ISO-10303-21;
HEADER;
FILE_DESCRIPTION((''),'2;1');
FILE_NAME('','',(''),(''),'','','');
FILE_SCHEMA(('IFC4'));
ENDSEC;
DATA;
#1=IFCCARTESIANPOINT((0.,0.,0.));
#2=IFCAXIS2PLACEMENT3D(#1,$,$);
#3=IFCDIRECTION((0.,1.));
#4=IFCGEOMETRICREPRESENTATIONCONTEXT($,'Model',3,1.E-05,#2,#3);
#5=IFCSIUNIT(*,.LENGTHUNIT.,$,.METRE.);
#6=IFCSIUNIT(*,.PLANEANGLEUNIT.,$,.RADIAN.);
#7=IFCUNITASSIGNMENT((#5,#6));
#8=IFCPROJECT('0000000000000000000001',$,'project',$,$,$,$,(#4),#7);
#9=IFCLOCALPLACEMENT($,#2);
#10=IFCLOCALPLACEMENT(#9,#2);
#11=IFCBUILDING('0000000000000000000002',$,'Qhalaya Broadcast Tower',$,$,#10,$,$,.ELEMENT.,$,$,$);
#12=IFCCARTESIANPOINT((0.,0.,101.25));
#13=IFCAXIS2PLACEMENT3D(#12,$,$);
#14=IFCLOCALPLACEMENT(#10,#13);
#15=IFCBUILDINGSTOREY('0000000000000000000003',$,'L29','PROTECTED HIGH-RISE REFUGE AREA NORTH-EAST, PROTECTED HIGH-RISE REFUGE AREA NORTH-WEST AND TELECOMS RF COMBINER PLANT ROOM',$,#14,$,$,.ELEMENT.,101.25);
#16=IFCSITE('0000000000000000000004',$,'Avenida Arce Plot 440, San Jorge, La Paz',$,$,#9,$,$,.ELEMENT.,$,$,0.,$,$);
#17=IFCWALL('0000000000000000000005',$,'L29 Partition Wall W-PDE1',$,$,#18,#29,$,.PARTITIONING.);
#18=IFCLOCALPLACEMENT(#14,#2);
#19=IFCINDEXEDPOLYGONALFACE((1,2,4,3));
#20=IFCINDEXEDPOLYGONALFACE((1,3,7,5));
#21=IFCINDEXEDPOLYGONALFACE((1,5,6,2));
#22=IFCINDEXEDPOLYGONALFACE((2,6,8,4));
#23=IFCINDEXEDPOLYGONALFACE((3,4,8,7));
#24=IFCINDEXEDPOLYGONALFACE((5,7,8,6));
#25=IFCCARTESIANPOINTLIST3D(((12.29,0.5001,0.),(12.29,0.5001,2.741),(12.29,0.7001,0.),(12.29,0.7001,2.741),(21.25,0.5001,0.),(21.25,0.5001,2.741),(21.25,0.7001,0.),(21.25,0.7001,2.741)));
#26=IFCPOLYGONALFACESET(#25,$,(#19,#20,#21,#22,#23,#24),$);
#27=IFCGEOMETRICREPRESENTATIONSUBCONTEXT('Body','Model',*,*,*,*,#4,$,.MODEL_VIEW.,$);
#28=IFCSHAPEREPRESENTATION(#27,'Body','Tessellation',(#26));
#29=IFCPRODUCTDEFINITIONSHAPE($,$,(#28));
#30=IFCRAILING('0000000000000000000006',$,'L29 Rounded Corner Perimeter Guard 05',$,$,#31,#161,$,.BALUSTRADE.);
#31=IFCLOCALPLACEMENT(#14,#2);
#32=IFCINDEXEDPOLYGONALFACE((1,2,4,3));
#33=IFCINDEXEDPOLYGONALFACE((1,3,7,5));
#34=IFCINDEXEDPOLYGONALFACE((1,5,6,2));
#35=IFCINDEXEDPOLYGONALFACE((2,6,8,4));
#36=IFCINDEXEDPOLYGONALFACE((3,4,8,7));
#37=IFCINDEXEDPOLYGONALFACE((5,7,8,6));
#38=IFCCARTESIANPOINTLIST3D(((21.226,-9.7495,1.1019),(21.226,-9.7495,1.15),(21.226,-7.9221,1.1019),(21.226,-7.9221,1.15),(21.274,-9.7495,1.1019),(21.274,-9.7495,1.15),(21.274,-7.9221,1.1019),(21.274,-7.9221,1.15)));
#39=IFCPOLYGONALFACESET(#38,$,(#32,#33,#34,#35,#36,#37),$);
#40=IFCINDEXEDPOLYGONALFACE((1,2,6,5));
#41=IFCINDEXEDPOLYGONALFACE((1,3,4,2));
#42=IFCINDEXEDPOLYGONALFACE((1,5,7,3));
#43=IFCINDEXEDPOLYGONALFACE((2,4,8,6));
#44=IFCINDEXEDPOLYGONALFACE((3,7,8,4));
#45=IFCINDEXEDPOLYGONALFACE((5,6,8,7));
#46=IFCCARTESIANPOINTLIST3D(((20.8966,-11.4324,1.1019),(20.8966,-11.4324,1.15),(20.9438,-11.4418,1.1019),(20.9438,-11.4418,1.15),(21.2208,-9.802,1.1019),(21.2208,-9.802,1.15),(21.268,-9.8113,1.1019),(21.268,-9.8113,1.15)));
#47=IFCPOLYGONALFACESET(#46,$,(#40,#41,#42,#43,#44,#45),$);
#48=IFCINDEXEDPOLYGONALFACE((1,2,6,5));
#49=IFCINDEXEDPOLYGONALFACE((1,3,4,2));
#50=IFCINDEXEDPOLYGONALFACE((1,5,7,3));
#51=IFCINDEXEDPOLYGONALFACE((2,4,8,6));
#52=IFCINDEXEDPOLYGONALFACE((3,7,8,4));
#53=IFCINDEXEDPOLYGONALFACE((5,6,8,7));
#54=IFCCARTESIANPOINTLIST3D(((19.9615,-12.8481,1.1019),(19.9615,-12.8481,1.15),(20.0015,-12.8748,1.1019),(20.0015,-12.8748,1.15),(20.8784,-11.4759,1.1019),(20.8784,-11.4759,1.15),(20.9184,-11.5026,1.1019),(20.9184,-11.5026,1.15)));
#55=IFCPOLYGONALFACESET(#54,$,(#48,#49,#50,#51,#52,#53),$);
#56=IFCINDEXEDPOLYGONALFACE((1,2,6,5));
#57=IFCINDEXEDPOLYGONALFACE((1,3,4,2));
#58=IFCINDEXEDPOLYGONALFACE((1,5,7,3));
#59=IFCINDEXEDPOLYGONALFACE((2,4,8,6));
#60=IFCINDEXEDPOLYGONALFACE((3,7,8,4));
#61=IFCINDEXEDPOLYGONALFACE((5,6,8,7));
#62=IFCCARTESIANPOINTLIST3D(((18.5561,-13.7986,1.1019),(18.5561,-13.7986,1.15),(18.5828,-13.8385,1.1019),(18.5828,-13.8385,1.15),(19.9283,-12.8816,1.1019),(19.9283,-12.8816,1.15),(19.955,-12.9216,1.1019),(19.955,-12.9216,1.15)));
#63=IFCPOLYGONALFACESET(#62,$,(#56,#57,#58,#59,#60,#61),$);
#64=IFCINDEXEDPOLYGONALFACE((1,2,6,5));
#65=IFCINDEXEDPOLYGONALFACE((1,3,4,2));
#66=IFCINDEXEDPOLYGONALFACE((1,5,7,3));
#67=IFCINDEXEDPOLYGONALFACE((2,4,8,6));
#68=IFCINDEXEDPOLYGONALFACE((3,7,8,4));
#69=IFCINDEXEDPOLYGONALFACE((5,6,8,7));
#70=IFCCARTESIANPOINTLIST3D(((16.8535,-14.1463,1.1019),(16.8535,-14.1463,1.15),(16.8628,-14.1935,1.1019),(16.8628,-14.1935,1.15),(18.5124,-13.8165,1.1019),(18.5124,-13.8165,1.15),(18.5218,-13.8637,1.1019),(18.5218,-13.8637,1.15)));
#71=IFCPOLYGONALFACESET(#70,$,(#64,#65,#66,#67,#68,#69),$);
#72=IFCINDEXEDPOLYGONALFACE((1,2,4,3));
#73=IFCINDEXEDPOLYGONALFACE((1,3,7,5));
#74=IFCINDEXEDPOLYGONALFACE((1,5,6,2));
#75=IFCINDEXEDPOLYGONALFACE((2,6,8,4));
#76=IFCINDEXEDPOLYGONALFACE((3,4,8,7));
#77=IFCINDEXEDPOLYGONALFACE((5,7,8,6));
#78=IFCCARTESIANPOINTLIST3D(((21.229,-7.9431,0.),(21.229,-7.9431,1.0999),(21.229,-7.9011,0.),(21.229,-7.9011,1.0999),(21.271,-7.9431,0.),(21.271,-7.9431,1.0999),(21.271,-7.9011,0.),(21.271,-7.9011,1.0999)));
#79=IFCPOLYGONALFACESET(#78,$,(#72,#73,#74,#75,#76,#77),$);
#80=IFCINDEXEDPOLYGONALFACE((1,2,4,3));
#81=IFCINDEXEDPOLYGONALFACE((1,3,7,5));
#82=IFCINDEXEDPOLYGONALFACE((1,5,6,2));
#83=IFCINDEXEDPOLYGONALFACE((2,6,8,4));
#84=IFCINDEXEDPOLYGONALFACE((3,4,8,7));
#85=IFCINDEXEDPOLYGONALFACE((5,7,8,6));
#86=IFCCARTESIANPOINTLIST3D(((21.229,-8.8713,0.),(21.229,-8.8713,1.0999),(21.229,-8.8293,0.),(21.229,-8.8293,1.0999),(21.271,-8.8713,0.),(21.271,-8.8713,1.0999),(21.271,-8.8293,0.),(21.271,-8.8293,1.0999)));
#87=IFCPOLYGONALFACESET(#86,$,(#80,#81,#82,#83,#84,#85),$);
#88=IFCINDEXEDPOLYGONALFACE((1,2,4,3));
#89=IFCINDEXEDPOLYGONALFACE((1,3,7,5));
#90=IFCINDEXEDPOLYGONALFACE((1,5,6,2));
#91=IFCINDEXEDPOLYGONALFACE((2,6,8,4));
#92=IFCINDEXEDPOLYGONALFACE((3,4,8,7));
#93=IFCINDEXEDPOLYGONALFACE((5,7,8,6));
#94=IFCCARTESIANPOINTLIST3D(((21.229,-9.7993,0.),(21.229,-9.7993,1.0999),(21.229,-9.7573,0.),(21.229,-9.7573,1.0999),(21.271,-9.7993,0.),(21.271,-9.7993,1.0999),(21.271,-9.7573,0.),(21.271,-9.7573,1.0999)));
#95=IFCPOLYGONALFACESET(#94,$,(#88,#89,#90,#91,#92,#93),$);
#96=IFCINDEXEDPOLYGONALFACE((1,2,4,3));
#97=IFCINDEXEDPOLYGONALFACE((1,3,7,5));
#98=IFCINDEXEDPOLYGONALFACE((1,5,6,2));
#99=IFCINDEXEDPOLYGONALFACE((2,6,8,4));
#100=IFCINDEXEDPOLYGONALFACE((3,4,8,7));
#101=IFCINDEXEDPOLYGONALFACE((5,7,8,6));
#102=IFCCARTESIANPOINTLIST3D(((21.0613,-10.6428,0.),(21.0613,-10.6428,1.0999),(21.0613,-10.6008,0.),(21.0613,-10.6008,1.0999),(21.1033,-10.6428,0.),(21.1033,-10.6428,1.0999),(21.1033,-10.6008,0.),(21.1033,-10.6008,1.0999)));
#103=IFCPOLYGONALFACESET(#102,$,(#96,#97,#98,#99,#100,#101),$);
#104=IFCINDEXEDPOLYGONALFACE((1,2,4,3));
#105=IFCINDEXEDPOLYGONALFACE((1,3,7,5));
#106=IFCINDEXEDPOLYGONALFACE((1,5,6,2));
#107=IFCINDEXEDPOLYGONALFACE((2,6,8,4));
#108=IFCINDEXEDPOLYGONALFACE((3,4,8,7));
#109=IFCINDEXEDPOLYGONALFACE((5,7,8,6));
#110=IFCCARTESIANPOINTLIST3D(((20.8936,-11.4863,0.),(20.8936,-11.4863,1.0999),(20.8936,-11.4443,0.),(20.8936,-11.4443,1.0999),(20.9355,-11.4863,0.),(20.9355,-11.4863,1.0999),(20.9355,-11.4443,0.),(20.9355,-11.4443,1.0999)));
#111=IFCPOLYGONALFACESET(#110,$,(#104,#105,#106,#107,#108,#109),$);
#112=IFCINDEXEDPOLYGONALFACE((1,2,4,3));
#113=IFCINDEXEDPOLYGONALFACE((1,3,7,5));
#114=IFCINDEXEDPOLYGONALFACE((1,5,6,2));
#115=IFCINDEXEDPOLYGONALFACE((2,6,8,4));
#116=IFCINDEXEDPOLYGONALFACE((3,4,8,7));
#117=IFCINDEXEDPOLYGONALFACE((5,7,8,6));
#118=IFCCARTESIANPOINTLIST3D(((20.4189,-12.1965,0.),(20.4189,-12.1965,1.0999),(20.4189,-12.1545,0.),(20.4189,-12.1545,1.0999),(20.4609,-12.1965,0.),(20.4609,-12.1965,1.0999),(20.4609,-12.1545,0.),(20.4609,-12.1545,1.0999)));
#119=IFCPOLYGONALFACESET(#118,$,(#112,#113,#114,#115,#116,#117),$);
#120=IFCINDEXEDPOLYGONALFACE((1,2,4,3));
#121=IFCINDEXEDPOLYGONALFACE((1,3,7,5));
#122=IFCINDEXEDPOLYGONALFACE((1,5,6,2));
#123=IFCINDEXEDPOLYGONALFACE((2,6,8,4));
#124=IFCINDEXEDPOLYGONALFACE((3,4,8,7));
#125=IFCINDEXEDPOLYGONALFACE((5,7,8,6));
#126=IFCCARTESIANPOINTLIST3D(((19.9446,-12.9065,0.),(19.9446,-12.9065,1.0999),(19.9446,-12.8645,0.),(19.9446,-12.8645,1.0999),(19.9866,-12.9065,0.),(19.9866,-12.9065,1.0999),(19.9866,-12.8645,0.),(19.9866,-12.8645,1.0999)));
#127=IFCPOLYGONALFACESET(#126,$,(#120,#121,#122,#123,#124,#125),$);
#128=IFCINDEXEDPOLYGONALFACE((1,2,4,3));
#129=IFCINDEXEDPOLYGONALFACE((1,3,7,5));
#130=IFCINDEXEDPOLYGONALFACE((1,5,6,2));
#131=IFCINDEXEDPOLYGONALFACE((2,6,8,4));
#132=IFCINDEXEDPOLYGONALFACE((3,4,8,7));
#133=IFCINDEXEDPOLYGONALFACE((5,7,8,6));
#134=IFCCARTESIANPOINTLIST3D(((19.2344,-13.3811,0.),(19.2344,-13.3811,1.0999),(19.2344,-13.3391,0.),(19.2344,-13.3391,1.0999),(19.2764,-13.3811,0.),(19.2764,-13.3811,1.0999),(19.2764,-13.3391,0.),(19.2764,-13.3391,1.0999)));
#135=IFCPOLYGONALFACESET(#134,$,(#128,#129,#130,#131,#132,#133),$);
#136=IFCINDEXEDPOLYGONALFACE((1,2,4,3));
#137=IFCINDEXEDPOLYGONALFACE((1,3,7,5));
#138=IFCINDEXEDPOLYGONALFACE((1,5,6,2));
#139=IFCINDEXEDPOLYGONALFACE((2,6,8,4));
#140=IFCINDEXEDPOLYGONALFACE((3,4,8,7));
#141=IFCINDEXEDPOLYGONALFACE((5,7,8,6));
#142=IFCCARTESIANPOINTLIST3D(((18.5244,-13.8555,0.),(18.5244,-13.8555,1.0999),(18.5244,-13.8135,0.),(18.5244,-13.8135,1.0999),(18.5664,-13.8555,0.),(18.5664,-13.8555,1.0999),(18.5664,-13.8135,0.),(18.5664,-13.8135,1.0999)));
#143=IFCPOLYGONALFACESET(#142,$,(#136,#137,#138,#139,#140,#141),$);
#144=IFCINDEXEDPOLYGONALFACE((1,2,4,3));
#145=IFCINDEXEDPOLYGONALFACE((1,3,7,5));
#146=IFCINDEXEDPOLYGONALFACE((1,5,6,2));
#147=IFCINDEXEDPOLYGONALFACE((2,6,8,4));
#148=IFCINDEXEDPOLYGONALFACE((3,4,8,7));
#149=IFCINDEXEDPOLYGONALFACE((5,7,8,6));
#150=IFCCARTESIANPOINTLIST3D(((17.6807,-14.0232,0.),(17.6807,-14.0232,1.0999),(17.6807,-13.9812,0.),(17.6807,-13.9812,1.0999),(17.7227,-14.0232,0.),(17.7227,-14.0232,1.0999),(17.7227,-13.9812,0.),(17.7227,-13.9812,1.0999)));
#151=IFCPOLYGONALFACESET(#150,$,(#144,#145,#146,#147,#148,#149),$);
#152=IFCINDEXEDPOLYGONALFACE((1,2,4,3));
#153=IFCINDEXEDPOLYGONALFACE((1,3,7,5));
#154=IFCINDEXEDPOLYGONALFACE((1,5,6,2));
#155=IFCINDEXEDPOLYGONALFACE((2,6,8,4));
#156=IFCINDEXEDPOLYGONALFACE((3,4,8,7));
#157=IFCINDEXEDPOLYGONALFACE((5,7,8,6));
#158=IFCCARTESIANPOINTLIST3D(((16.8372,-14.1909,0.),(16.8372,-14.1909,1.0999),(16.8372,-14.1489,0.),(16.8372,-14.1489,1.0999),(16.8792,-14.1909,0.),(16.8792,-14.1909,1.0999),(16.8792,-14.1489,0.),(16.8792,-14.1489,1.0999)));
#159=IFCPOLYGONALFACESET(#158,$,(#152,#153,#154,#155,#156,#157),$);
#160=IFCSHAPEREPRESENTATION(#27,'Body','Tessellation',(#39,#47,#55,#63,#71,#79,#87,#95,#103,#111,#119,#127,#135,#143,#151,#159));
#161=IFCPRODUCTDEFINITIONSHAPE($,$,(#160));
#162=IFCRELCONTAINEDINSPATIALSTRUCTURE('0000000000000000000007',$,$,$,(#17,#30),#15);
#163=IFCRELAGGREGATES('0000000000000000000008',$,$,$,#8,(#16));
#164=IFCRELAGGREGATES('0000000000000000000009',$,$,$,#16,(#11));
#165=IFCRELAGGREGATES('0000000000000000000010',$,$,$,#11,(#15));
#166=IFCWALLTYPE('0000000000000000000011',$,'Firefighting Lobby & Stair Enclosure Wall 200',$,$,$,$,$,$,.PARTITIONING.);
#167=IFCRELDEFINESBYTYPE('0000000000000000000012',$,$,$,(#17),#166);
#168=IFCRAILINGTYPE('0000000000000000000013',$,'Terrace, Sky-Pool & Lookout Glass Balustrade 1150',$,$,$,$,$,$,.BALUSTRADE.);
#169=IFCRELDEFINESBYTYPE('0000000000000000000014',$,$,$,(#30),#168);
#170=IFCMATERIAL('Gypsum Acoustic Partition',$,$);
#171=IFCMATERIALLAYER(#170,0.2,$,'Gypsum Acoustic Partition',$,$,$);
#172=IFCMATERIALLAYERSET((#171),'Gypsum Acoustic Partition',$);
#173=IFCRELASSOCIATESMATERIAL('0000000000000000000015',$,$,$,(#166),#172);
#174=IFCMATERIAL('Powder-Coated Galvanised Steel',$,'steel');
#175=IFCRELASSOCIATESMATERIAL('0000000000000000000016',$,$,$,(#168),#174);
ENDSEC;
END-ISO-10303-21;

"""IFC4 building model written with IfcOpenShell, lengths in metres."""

from ifc_helpers import new_model, si_unit, direction, frame, frame_2d, origin, origin_2d, place, context, subcontext, project, spatial, rectangle, extrude, material, layer, layer_set, type_object, element, save


model = new_model("IFC4")

# Units and contexts
model_context = context("Model", 3, precision=1e-05, world=origin(), true_north=direction((0.0, 1.0)))
body_context = subcontext(model_context, "Body", "Model", "MODEL_VIEW")
ifc_project = project(units=[si_unit("LENGTHUNIT", "METRE"), si_unit("PLANEANGLEUNIT", "RADIAN")], contexts=[model_context])

# Site, building, storey
site_placement = place(None, origin())
site = spatial("IfcSite", under=ifc_project, at=site_placement, Name="Avenida Arce Plot 440, San Jorge, La Paz", CompositionType="ELEMENT", RefElevation=0.0)
building_placement = place(site_placement, origin())
building = spatial("IfcBuilding", under=site, at=building_placement, Name="Qhalaya Broadcast Tower", CompositionType="ELEMENT")
storey_placement = place(building_placement, frame((0.0, 0.0, 101.25)))
storey = spatial("IfcBuildingStorey", under=building, at=storey_placement, Name="L29", Description="PROTECTED HIGH-RISE REFUGE AREA NORTH-EAST, PROTECTED HIGH-RISE REFUGE AREA NORTH-WEST AND TELECOMS RF COMBINER PLANT ROOM", CompositionType="ELEMENT", Elevation=101.25)

# Wall
ifc_material_1 = material(Name="Gypsum Acoustic Partition")
ifc_layer_1 = layer(ifc_material_1, 0.2, Name="Gypsum Acoustic Partition")
ifc_layer_set_1 = layer_set([ifc_layer_1], Name="Gypsum Acoustic Partition")
wall_type = type_object("IfcWallType", Name="Firefighting Lobby & Stair Enclosure Wall 200", PredefinedType="PARTITIONING", material=ifc_layer_set_1)
wall_placement = place(storey_placement, frame((12.29, 0.6001, 0.0), z_axis=(0.0, 0.0, 1.0), x_axis=(1.0, 0.0, 0.0)))
element("IfcWall", 1, at=wall_placement, inside=storey, type_object=wall_type, Name="L29 Partition Wall W-PDE1", PredefinedType="PARTITIONING", context=body_context, shape_type="SweptSolid", body=[
    extrude(rectangle(XDim=8.96, YDim=0.2, at=frame_2d((4.48, 0.0))), origin(), (0.0, 0.0, 1.0), 2.741),
])

# Railing
ifc_material_2 = material(Name="Powder-Coated Galvanised Steel", Category="steel")
railing_type = type_object("IfcRailingType", Name="Terrace, Sky-Pool & Lookout Glass Balustrade 1150", PredefinedType="BALUSTRADE", material=ifc_material_2)
railing_placement = place(storey_placement, frame((21.25, -7.9221, 0.0)))
element("IfcRailing", 2, at=railing_placement, inside=storey, type_object=railing_type, Name="L29 Rounded Corner Perimeter Guard 05", PredefinedType="BALUSTRADE", context=body_context, shape_type="SweptSolid", body=[
    extrude(rectangle(XDim=0.0481, YDim=0.0481, at=origin_2d()), frame((0.0, 0.0, 1.126), z_axis=(0.0, -1.0, 0.0), x_axis=(1.0, 0.0, 0.0)), (0.0, 0.0, 1.0), 1.8274),
    extrude(rectangle(XDim=0.0481, YDim=0.0481, at=origin_2d()), frame((-0.0056, -1.8845, 1.126), z_axis=(-0.195024, -0.980798, 0.0), x_axis=(0.980798, -0.195024, 0.0)), (0.0, 0.0, 1.0), 1.6624),
    extrude(rectangle(XDim=0.0481, YDim=0.0481, at=origin_2d()), frame((-0.3516, -3.5671, 1.126), z_axis=(-0.55559, -0.831456, 0.0), x_axis=(0.831456, -0.55559, 0.0)), (0.0, 0.0, 1.0), 1.6504),
    extrude(rectangle(XDim=0.0481, YDim=0.0481, at=origin_2d()), frame((-1.3083, -4.9795, 1.126), z_axis=(-0.831456, -0.55559, 0.0), x_axis=(0.55559, -0.831456, 0.0)), (0.0, 0.0, 1.0), 1.6504),
    extrude(rectangle(XDim=0.0481, YDim=0.0481, at=origin_2d()), frame((-2.7329, -5.918, 1.126), z_axis=(-0.980804, -0.194997, 0.0), x_axis=(0.194997, -0.980804, 0.0)), (0.0, 0.0, 1.0), 1.6914),
    extrude(rectangle(XDim=0.042, YDim=0.042, at=origin_2d()), origin(), (0.0, 0.0, 1.0), 1.0999),
    extrude(rectangle(XDim=0.042, YDim=0.042, at=origin_2d()), frame((0.0, -0.9282, 0.0)), (0.0, 0.0, 1.0), 1.0999),
    extrude(rectangle(XDim=0.042, YDim=0.042, at=origin_2d()), frame((0.0, -1.8562, 0.0)), (0.0, 0.0, 1.0), 1.0999),
    extrude(rectangle(XDim=0.042, YDim=0.042, at=origin_2d()), frame((-0.1677, -2.6997, 0.0)), (0.0, 0.0, 1.0), 1.0999),
    extrude(rectangle(XDim=0.042, YDim=0.042, at=origin_2d()), frame((-0.3354, -3.5432, 0.0)), (0.0, 0.0, 1.0), 1.0999),
    extrude(rectangle(XDim=0.042, YDim=0.042, at=origin_2d()), frame((-0.8101, -4.2534, 0.0)), (0.0, 0.0, 1.0), 1.0999),
    extrude(rectangle(XDim=0.042, YDim=0.042, at=origin_2d()), frame((-1.2844, -4.9634, 0.0)), (0.0, 0.0, 1.0), 1.0999),
    extrude(rectangle(XDim=0.042, YDim=0.042, at=origin_2d()), frame((-1.9946, -5.438, 0.0)), (0.0, 0.0, 1.0), 1.0999),
    extrude(rectangle(XDim=0.042, YDim=0.042, at=origin_2d()), frame((-2.7046, -5.9124, 0.0)), (0.0, 0.0, 1.0), 1.0999),
    extrude(rectangle(XDim=0.042, YDim=0.042, at=origin_2d()), frame((-3.5483, -6.0801, 0.0)), (0.0, 0.0, 1.0), 1.0999),
    extrude(rectangle(XDim=0.042, YDim=0.042, at=origin_2d()), frame((-4.3918, -6.2478, 0.0)), (0.0, 0.0, 1.0), 1.0999),
])

save(model, "model.ifc")
